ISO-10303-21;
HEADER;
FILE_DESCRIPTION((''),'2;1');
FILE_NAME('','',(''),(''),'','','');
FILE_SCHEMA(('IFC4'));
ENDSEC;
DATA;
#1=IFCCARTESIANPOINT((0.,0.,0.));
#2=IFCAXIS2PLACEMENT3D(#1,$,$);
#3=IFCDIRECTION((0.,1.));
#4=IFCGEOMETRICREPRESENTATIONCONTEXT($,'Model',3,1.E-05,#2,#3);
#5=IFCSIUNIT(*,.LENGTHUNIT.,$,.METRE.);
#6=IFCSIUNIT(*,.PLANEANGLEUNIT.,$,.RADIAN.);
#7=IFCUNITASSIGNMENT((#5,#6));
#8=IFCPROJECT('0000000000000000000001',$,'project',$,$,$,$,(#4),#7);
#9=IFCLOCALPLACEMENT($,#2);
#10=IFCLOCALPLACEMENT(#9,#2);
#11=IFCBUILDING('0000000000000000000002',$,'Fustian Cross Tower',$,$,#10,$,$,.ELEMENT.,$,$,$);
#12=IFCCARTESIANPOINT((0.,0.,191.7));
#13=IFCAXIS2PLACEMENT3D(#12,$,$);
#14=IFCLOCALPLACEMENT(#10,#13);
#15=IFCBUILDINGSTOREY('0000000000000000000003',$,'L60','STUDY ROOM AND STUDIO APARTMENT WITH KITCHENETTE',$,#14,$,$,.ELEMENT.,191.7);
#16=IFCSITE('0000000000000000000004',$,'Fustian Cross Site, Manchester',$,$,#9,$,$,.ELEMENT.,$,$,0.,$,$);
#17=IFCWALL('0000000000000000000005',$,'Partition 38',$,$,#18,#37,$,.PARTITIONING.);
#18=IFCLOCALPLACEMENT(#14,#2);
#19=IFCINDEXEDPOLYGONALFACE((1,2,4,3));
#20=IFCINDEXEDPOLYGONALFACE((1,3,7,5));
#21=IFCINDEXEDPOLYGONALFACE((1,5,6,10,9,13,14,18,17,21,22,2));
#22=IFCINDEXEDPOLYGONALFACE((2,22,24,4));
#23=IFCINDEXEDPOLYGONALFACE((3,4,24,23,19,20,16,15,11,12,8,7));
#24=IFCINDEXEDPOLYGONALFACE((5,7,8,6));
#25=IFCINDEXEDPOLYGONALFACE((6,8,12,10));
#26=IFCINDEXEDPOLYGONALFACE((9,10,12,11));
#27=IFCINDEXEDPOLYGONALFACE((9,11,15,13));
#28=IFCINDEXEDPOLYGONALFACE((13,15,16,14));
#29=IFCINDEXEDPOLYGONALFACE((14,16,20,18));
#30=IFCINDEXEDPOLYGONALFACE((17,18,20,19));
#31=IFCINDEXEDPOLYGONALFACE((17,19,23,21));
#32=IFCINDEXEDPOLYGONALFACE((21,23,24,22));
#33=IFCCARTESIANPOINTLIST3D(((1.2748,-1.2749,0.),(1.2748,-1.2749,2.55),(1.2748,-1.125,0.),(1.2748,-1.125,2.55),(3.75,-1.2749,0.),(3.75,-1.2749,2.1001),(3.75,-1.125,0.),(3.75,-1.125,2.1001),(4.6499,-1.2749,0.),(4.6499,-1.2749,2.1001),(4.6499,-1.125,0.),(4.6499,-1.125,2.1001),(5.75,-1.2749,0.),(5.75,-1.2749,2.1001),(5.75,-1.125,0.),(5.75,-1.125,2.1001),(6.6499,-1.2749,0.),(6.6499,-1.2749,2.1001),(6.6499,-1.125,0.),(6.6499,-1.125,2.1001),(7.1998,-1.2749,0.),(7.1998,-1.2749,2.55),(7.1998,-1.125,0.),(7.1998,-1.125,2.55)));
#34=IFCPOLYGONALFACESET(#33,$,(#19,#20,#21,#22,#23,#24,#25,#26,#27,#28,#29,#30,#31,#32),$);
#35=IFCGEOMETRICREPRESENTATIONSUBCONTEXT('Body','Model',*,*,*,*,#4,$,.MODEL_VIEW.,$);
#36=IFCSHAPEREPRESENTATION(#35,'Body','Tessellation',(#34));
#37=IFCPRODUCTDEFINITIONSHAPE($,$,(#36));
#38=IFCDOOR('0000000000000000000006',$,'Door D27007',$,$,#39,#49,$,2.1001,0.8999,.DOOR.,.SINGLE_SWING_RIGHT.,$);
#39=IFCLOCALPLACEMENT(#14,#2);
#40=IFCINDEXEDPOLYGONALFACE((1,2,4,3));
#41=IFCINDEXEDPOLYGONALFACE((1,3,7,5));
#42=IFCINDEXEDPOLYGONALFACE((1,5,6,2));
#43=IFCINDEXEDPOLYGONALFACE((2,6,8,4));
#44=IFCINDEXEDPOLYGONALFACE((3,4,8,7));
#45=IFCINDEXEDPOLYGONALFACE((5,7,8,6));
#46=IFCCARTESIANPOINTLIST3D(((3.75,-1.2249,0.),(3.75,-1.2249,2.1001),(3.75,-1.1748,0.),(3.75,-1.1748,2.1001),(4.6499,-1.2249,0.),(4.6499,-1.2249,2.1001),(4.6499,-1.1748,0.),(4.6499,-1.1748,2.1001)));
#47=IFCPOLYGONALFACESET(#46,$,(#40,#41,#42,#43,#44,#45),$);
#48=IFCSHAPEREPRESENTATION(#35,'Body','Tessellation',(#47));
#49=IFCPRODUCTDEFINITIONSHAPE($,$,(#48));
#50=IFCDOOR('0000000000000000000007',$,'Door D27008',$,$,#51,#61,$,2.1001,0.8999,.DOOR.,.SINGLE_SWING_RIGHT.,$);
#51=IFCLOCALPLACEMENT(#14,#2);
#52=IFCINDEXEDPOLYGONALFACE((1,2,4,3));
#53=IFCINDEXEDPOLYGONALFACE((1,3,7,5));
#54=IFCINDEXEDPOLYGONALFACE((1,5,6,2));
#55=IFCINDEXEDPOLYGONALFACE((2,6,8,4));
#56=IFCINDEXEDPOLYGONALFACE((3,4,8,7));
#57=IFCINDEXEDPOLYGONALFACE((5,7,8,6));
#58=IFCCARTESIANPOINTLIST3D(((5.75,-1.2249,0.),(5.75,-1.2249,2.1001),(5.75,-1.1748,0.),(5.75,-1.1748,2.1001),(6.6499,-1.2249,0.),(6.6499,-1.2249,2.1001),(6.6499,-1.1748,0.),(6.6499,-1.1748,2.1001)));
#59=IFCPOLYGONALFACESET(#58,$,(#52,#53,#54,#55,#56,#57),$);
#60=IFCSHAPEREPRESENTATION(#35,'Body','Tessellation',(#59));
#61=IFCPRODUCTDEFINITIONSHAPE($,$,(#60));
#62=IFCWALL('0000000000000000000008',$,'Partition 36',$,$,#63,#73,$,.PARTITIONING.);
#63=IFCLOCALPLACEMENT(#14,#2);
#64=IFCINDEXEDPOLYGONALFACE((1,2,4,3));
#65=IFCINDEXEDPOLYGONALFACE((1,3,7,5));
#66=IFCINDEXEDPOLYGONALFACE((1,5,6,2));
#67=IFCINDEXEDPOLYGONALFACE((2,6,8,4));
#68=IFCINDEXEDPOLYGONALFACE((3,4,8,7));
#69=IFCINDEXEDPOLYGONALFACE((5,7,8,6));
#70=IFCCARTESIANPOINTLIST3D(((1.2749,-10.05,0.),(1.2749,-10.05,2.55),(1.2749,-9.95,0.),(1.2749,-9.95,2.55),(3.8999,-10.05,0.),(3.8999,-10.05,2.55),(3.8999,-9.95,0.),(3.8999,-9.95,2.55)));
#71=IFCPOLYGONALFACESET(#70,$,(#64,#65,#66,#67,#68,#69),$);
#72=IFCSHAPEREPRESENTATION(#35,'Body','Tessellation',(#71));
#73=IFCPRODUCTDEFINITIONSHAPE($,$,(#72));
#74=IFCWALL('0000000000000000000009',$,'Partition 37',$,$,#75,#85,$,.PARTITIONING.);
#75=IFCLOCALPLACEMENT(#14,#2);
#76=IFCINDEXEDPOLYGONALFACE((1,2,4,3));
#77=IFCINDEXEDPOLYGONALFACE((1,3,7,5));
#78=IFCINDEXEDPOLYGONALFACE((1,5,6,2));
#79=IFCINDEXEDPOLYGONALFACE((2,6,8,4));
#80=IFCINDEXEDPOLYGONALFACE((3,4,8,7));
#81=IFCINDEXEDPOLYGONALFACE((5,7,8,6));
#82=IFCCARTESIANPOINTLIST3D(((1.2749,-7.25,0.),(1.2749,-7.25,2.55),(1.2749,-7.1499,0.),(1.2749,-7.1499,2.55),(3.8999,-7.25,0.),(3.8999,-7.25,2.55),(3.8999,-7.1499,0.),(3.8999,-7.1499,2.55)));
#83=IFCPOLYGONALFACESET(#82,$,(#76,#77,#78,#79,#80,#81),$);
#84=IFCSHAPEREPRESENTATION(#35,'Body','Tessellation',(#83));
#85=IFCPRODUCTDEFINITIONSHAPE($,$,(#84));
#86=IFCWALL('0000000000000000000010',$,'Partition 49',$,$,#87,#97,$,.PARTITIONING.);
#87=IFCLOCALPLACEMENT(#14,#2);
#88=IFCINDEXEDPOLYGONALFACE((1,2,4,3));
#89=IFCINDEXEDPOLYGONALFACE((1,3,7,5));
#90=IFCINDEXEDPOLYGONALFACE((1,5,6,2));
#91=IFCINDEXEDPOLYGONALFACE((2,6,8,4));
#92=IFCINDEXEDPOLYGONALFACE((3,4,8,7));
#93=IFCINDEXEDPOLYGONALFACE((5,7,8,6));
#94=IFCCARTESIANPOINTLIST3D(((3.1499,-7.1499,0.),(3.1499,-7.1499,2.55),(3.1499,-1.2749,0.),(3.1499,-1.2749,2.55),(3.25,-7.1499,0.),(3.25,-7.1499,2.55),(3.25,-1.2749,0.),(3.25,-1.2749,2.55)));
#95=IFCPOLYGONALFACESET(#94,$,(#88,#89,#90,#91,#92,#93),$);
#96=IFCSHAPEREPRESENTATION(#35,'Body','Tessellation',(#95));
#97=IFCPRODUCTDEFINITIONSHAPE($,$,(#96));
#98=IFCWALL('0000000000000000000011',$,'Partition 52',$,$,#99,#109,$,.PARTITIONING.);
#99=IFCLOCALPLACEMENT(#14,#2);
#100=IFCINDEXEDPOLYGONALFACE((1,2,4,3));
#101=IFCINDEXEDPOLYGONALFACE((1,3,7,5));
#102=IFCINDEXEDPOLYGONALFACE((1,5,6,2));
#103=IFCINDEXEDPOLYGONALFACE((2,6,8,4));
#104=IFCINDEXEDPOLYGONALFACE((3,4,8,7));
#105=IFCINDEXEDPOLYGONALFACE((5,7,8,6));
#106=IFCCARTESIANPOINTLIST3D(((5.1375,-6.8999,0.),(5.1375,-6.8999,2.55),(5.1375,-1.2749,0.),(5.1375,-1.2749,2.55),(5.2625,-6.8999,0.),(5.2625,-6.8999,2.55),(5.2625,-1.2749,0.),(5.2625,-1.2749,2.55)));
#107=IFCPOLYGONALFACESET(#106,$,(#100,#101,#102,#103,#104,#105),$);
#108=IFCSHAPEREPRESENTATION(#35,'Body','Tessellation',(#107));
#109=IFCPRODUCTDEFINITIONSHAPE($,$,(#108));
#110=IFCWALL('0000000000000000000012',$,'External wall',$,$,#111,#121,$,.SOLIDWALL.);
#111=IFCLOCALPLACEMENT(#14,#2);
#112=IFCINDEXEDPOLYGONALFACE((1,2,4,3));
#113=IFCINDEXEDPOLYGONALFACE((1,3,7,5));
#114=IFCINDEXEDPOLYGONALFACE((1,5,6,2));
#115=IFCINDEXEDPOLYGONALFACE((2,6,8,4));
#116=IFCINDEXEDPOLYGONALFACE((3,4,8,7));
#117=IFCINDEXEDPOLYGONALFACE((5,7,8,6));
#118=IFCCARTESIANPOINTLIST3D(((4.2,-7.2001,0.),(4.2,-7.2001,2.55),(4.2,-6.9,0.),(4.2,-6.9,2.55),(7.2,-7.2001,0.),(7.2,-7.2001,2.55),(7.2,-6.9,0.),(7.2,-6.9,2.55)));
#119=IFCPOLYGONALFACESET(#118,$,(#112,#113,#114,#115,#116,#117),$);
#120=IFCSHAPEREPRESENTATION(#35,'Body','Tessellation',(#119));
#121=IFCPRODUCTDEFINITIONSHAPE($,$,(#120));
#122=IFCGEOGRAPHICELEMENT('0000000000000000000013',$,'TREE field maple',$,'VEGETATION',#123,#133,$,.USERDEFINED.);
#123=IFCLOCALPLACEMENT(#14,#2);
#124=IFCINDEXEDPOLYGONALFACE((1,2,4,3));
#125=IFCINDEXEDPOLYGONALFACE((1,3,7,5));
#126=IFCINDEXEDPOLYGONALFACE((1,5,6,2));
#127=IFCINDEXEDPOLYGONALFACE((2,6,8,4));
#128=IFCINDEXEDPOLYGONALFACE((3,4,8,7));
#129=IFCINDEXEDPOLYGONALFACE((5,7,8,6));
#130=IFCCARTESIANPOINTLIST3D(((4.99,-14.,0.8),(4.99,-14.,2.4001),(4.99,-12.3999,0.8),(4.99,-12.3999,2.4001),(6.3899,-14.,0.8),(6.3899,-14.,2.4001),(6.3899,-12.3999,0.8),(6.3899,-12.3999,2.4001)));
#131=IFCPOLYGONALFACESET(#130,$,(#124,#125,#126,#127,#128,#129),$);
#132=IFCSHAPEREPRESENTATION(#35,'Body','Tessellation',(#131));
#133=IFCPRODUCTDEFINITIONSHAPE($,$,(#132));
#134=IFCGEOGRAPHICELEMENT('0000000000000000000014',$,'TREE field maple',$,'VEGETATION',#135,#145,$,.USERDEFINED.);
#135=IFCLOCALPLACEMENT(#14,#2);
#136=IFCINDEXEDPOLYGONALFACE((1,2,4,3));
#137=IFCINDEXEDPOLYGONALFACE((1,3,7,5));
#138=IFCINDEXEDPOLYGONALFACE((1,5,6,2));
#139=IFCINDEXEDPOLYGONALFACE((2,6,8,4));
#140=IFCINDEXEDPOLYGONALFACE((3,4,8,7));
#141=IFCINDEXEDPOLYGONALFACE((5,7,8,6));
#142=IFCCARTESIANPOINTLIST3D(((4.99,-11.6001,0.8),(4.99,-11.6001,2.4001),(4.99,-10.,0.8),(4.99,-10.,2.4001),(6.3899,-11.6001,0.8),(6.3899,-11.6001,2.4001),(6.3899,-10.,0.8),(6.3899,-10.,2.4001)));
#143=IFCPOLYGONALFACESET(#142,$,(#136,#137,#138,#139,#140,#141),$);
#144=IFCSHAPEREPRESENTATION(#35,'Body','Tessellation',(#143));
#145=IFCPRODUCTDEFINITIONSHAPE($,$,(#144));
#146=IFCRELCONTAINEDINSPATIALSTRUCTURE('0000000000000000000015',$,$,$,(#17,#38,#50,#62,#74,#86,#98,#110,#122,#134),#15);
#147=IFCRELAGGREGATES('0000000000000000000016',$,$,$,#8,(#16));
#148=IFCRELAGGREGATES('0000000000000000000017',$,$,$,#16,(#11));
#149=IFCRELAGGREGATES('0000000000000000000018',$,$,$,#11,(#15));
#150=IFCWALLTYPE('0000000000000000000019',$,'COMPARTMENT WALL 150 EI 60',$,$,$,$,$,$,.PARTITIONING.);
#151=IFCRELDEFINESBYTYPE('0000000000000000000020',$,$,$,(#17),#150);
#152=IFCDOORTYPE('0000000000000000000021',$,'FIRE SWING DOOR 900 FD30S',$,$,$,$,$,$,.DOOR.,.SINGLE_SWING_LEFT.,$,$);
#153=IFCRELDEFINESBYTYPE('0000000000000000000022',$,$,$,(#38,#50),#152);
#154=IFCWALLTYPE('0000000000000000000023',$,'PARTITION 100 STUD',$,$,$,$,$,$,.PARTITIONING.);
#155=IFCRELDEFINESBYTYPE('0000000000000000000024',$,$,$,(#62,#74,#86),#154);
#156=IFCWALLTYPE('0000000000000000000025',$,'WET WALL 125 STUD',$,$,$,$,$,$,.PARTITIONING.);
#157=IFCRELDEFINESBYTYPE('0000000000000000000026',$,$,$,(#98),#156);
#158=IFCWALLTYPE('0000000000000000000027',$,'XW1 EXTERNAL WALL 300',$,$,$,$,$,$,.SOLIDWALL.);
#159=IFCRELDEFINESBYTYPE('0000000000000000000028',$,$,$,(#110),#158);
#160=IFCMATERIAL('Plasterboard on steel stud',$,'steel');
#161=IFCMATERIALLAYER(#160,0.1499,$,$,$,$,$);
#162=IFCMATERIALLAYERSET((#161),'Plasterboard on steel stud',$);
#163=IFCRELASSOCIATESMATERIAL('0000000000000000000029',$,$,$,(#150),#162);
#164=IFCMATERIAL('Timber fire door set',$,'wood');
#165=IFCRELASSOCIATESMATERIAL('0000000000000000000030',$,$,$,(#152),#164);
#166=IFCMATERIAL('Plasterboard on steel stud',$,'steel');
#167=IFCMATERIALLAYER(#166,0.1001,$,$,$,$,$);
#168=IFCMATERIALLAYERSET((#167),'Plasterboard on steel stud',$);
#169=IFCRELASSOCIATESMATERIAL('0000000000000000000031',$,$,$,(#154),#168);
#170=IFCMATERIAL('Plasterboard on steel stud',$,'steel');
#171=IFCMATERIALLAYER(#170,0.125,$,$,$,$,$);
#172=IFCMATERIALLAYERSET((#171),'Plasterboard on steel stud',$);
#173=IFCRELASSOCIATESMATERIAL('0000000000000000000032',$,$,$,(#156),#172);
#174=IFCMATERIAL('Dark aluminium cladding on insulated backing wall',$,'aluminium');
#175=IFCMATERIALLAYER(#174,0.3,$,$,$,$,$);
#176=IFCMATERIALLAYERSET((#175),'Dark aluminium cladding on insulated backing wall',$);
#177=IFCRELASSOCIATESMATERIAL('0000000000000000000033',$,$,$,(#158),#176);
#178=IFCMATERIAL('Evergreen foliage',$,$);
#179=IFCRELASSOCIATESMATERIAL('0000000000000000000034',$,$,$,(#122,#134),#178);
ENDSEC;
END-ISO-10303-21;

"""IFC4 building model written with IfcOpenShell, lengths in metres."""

from ifc_helpers import new_model, si_unit, direction, frame, frame_2d, origin, origin_2d, place, context, subcontext, project, spatial, rectangle, extrude, material, layer, layer_set, type_object, element, fill, save


model = new_model("IFC4")

# Units and contexts
model_context = context("Model", 3, precision=1e-05, world=origin(), true_north=direction((0.0, 1.0)))
body_context = subcontext(model_context, "Body", "Model", "MODEL_VIEW")
ifc_project = project(units=[si_unit("LENGTHUNIT", "METRE"), si_unit("PLANEANGLEUNIT", "RADIAN")], contexts=[model_context])

# Site, building, storey
site_placement = place(None, origin())
site = spatial("IfcSite", under=ifc_project, at=site_placement, Name="Fustian Cross Site, Manchester", CompositionType="ELEMENT", RefElevation=0.0)
building_placement = place(site_placement, origin())
building = spatial("IfcBuilding", under=site, at=building_placement, Name="Fustian Cross Tower", CompositionType="ELEMENT")
storey_placement = place(building_placement, frame((0.0, 0.0, 191.7)))
storey = spatial("IfcBuildingStorey", under=building, at=storey_placement, Name="L60", Description="STUDY ROOM AND STUDIO APARTMENT WITH KITCHENETTE", CompositionType="ELEMENT", Elevation=191.7)

# Wall, openings, doors
ifc_material_1 = material(Name="Plasterboard on steel stud", Category="steel")
ifc_layer_1 = layer(ifc_material_1, 0.1499)
ifc_layer_set_1 = layer_set([ifc_layer_1], Name="Plasterboard on steel stud")
wall_type_1 = type_object("IfcWallType", Name="COMPARTMENT WALL 150 EI 60", PredefinedType="PARTITIONING", material=ifc_layer_set_1)
wall_1_placement = place(storey_placement, frame((1.2749, -1.2, 0.0), z_axis=(0.0, 0.0, 1.0), x_axis=(1.0, 0.0, 0.0)))
wall_1 = element("IfcWall", 1, at=wall_1_placement, inside=storey, type_object=wall_type_1, Name="Partition 38", PredefinedType="PARTITIONING", context=body_context, shape_type="SweptSolid", body=[
    extrude(rectangle(XDim=5.925, YDim=0.1499, at=frame_2d((2.9624, 0.0))), origin(), (0.0, 0.0, 1.0), 2.55),
])
opening_1_placement = place(wall_1_placement, frame((2.4751, 0.0, 0.0)))
opening_1 = element("IfcOpeningElement", 2, at=opening_1_placement, cuts=wall_1, PredefinedType="OPENING", context=body_context, shape_type="SweptSolid", body=[
    extrude(rectangle(XDim=0.8999, YDim=2.1001, at=frame_2d((0.45, 1.05))), frame((0.0, 0.085, 0.0), z_axis=(0.0, -1.0, 0.0), x_axis=(1.0, 0.0, 0.0)), (0.0, 0.0, 1.0), 0.1699),
])
opening_2_placement = place(wall_1_placement, frame((4.4751, 0.0, 0.0)))
opening_2 = element("IfcOpeningElement", 3, at=opening_2_placement, cuts=wall_1, PredefinedType="OPENING", context=body_context, shape_type="SweptSolid", body=[
    extrude(rectangle(XDim=0.8999, YDim=2.1001, at=frame_2d((0.45, 1.05))), frame((0.0, 0.085, 0.0), z_axis=(0.0, -1.0, 0.0), x_axis=(1.0, 0.0, 0.0)), (0.0, 0.0, 1.0), 0.1699),
])
ifc_material_2 = material(Name="Timber fire door set", Category="wood")
door_type = type_object("IfcDoorType", Name="FIRE SWING DOOR 900 FD30S", OperationType="SINGLE_SWING_LEFT", PredefinedType="DOOR", material=ifc_material_2)
door_1_placement = place(opening_1_placement, frame((0.8999, 0.0, 0.0), z_axis=(0.0, 0.0, 1.0), x_axis=(-1.0, 0.0, 0.0)))
door_1 = element("IfcDoor", 4, at=door_1_placement, inside=storey, type_object=door_type, Name="Door D27007", OperationType="SINGLE_SWING_RIGHT", OverallHeight=2.1001, OverallWidth=0.8999, PredefinedType="DOOR", context=body_context, shape_type="SweptSolid", body=[
    extrude(rectangle(XDim=0.8999, YDim=2.1001, at=frame_2d((0.45, 1.05))), frame((0.0, 0.0249, 0.0), z_axis=(0.0, -1.0, 0.0), x_axis=(1.0, 0.0, 0.0)), (0.0, 0.0, 1.0), 0.05),
])
fill(opening_1, door_1)
door_2_placement = place(opening_2_placement, frame((0.8999, 0.0, 0.0), z_axis=(0.0, 0.0, 1.0), x_axis=(-1.0, 0.0, 0.0)))
door_2 = element("IfcDoor", 5, at=door_2_placement, inside=storey, type_object=door_type, Name="Door D27008", OperationType="SINGLE_SWING_RIGHT", OverallHeight=2.1001, OverallWidth=0.8999, PredefinedType="DOOR", context=body_context, shape_type="SweptSolid", body=[
    extrude(rectangle(XDim=0.8999, YDim=2.1001, at=frame_2d((0.45, 1.05))), frame((0.0, 0.0249, 0.0), z_axis=(0.0, -1.0, 0.0), x_axis=(1.0, 0.0, 0.0)), (0.0, 0.0, 1.0), 0.05),
])
fill(opening_2, door_2)

# Walls
ifc_material_3 = material(Name="Plasterboard on steel stud", Category="steel")
ifc_layer_2 = layer(ifc_material_3, 0.1001)
ifc_layer_set_2 = layer_set([ifc_layer_2], Name="Plasterboard on steel stud")
wall_type_2 = type_object("IfcWallType", Name="PARTITION 100 STUD", PredefinedType="PARTITIONING", material=ifc_layer_set_2)
for number, where, z_axis, x_axis, name in (
    (6, (1.2749, -10.0, 0.0), (0.0, 0.0, 1.0), (1.0, 0.0, 0.0), "Partition 36"),
    (7, (1.2749, -7.2, 0.0), (0.0, 0.0, 1.0), (1.0, 0.0, 0.0), "Partition 37"),
):
    element("IfcWall", number, at=place(storey_placement, frame(where, z_axis=z_axis, x_axis=x_axis)), inside=storey, type_object=wall_type_2, Name=name, PredefinedType="PARTITIONING", context=body_context, shape_type="SweptSolid", body=[
        extrude(rectangle(XDim=2.625, YDim=0.1001, at=frame_2d((1.3125, 0.0))), origin(), (0.0, 0.0, 1.0), 2.55),
    ])
wall_2_placement = place(storey_placement, frame((3.2, -7.1499, 0.0), z_axis=(0.0, 0.0, 1.0), x_axis=(0.0, 1.0, 0.0)))
element("IfcWall", 8, at=wall_2_placement, inside=storey, type_object=wall_type_2, Name="Partition 49", PredefinedType="PARTITIONING", context=body_context, shape_type="SweptSolid", body=[
    extrude(rectangle(XDim=5.875, YDim=0.1001, at=frame_2d((2.9375, 0.0))), origin(), (0.0, 0.0, 1.0), 2.55),
])
ifc_material_4 = material(Name="Plasterboard on steel stud", Category="steel")
ifc_layer_3 = layer(ifc_material_4, 0.125)
ifc_layer_set_3 = layer_set([ifc_layer_3], Name="Plasterboard on steel stud")
wall_type_3 = type_object("IfcWallType", Name="WET WALL 125 STUD", PredefinedType="PARTITIONING", material=ifc_layer_set_3)
wall_3_placement = place(storey_placement, frame((5.2, -6.8999, 0.0), z_axis=(0.0, 0.0, 1.0), x_axis=(0.0, 1.0, 0.0)))
element("IfcWall", 9, at=wall_3_placement, inside=storey, type_object=wall_type_3, Name="Partition 52", PredefinedType="PARTITIONING", context=body_context, shape_type="SweptSolid", body=[
    extrude(rectangle(XDim=5.625, YDim=0.125, at=frame_2d((2.8125, 0.0))), origin(), (0.0, 0.0, 1.0), 2.55),
])
ifc_material_5 = material(Name="Dark aluminium cladding on insulated backing wall", Category="aluminium")
ifc_layer_4 = layer(ifc_material_5, 0.3)
ifc_layer_set_4 = layer_set([ifc_layer_4], Name="Dark aluminium cladding on insulated backing wall")
wall_type_4 = type_object("IfcWallType", Name="XW1 EXTERNAL WALL 300", PredefinedType="SOLIDWALL", material=ifc_layer_set_4)
wall_4_placement = place(storey_placement, frame((4.2, -7.05, 0.0), z_axis=(0.0, 0.0, 1.0), x_axis=(1.0, 0.0, 0.0)))
element("IfcWall", 10, at=wall_4_placement, inside=storey, type_object=wall_type_4, Name="External wall", PredefinedType="SOLIDWALL", context=body_context, shape_type="SweptSolid", body=[
    extrude(rectangle(XDim=3.0, YDim=0.3, at=frame_2d((1.5, 0.0))), origin(), (0.0, 0.0, 1.0), 2.55),
])

# Geographic elements
ifc_material_6 = material(Name="Evergreen foliage")
for number, where, z_axis, x_axis, name in (
    (11, (5.6899, -13.2, 0.8), (0.0, 0.0, 1.0), (1.0, 0.0, 0.0), "TREE field maple"),
    (12, (5.6899, -10.8, 0.8), (0.0, 0.0, 1.0), (1.0, 0.0, 0.0), "TREE field maple"),
):
    element("IfcGeographicElement", number, at=place(storey_placement, frame(where, z_axis=z_axis, x_axis=x_axis)), inside=storey, material=ifc_material_6, Name=name, ObjectType="VEGETATION", PredefinedType="USERDEFINED", context=body_context, shape_type="SweptSolid", body=[
        extrude(rectangle(XDim=1.3999, YDim=1.6001, at=origin_2d()), origin(), (0.0, 0.0, 1.0), 1.6001),
    ])

save(model, "model.ifc")
